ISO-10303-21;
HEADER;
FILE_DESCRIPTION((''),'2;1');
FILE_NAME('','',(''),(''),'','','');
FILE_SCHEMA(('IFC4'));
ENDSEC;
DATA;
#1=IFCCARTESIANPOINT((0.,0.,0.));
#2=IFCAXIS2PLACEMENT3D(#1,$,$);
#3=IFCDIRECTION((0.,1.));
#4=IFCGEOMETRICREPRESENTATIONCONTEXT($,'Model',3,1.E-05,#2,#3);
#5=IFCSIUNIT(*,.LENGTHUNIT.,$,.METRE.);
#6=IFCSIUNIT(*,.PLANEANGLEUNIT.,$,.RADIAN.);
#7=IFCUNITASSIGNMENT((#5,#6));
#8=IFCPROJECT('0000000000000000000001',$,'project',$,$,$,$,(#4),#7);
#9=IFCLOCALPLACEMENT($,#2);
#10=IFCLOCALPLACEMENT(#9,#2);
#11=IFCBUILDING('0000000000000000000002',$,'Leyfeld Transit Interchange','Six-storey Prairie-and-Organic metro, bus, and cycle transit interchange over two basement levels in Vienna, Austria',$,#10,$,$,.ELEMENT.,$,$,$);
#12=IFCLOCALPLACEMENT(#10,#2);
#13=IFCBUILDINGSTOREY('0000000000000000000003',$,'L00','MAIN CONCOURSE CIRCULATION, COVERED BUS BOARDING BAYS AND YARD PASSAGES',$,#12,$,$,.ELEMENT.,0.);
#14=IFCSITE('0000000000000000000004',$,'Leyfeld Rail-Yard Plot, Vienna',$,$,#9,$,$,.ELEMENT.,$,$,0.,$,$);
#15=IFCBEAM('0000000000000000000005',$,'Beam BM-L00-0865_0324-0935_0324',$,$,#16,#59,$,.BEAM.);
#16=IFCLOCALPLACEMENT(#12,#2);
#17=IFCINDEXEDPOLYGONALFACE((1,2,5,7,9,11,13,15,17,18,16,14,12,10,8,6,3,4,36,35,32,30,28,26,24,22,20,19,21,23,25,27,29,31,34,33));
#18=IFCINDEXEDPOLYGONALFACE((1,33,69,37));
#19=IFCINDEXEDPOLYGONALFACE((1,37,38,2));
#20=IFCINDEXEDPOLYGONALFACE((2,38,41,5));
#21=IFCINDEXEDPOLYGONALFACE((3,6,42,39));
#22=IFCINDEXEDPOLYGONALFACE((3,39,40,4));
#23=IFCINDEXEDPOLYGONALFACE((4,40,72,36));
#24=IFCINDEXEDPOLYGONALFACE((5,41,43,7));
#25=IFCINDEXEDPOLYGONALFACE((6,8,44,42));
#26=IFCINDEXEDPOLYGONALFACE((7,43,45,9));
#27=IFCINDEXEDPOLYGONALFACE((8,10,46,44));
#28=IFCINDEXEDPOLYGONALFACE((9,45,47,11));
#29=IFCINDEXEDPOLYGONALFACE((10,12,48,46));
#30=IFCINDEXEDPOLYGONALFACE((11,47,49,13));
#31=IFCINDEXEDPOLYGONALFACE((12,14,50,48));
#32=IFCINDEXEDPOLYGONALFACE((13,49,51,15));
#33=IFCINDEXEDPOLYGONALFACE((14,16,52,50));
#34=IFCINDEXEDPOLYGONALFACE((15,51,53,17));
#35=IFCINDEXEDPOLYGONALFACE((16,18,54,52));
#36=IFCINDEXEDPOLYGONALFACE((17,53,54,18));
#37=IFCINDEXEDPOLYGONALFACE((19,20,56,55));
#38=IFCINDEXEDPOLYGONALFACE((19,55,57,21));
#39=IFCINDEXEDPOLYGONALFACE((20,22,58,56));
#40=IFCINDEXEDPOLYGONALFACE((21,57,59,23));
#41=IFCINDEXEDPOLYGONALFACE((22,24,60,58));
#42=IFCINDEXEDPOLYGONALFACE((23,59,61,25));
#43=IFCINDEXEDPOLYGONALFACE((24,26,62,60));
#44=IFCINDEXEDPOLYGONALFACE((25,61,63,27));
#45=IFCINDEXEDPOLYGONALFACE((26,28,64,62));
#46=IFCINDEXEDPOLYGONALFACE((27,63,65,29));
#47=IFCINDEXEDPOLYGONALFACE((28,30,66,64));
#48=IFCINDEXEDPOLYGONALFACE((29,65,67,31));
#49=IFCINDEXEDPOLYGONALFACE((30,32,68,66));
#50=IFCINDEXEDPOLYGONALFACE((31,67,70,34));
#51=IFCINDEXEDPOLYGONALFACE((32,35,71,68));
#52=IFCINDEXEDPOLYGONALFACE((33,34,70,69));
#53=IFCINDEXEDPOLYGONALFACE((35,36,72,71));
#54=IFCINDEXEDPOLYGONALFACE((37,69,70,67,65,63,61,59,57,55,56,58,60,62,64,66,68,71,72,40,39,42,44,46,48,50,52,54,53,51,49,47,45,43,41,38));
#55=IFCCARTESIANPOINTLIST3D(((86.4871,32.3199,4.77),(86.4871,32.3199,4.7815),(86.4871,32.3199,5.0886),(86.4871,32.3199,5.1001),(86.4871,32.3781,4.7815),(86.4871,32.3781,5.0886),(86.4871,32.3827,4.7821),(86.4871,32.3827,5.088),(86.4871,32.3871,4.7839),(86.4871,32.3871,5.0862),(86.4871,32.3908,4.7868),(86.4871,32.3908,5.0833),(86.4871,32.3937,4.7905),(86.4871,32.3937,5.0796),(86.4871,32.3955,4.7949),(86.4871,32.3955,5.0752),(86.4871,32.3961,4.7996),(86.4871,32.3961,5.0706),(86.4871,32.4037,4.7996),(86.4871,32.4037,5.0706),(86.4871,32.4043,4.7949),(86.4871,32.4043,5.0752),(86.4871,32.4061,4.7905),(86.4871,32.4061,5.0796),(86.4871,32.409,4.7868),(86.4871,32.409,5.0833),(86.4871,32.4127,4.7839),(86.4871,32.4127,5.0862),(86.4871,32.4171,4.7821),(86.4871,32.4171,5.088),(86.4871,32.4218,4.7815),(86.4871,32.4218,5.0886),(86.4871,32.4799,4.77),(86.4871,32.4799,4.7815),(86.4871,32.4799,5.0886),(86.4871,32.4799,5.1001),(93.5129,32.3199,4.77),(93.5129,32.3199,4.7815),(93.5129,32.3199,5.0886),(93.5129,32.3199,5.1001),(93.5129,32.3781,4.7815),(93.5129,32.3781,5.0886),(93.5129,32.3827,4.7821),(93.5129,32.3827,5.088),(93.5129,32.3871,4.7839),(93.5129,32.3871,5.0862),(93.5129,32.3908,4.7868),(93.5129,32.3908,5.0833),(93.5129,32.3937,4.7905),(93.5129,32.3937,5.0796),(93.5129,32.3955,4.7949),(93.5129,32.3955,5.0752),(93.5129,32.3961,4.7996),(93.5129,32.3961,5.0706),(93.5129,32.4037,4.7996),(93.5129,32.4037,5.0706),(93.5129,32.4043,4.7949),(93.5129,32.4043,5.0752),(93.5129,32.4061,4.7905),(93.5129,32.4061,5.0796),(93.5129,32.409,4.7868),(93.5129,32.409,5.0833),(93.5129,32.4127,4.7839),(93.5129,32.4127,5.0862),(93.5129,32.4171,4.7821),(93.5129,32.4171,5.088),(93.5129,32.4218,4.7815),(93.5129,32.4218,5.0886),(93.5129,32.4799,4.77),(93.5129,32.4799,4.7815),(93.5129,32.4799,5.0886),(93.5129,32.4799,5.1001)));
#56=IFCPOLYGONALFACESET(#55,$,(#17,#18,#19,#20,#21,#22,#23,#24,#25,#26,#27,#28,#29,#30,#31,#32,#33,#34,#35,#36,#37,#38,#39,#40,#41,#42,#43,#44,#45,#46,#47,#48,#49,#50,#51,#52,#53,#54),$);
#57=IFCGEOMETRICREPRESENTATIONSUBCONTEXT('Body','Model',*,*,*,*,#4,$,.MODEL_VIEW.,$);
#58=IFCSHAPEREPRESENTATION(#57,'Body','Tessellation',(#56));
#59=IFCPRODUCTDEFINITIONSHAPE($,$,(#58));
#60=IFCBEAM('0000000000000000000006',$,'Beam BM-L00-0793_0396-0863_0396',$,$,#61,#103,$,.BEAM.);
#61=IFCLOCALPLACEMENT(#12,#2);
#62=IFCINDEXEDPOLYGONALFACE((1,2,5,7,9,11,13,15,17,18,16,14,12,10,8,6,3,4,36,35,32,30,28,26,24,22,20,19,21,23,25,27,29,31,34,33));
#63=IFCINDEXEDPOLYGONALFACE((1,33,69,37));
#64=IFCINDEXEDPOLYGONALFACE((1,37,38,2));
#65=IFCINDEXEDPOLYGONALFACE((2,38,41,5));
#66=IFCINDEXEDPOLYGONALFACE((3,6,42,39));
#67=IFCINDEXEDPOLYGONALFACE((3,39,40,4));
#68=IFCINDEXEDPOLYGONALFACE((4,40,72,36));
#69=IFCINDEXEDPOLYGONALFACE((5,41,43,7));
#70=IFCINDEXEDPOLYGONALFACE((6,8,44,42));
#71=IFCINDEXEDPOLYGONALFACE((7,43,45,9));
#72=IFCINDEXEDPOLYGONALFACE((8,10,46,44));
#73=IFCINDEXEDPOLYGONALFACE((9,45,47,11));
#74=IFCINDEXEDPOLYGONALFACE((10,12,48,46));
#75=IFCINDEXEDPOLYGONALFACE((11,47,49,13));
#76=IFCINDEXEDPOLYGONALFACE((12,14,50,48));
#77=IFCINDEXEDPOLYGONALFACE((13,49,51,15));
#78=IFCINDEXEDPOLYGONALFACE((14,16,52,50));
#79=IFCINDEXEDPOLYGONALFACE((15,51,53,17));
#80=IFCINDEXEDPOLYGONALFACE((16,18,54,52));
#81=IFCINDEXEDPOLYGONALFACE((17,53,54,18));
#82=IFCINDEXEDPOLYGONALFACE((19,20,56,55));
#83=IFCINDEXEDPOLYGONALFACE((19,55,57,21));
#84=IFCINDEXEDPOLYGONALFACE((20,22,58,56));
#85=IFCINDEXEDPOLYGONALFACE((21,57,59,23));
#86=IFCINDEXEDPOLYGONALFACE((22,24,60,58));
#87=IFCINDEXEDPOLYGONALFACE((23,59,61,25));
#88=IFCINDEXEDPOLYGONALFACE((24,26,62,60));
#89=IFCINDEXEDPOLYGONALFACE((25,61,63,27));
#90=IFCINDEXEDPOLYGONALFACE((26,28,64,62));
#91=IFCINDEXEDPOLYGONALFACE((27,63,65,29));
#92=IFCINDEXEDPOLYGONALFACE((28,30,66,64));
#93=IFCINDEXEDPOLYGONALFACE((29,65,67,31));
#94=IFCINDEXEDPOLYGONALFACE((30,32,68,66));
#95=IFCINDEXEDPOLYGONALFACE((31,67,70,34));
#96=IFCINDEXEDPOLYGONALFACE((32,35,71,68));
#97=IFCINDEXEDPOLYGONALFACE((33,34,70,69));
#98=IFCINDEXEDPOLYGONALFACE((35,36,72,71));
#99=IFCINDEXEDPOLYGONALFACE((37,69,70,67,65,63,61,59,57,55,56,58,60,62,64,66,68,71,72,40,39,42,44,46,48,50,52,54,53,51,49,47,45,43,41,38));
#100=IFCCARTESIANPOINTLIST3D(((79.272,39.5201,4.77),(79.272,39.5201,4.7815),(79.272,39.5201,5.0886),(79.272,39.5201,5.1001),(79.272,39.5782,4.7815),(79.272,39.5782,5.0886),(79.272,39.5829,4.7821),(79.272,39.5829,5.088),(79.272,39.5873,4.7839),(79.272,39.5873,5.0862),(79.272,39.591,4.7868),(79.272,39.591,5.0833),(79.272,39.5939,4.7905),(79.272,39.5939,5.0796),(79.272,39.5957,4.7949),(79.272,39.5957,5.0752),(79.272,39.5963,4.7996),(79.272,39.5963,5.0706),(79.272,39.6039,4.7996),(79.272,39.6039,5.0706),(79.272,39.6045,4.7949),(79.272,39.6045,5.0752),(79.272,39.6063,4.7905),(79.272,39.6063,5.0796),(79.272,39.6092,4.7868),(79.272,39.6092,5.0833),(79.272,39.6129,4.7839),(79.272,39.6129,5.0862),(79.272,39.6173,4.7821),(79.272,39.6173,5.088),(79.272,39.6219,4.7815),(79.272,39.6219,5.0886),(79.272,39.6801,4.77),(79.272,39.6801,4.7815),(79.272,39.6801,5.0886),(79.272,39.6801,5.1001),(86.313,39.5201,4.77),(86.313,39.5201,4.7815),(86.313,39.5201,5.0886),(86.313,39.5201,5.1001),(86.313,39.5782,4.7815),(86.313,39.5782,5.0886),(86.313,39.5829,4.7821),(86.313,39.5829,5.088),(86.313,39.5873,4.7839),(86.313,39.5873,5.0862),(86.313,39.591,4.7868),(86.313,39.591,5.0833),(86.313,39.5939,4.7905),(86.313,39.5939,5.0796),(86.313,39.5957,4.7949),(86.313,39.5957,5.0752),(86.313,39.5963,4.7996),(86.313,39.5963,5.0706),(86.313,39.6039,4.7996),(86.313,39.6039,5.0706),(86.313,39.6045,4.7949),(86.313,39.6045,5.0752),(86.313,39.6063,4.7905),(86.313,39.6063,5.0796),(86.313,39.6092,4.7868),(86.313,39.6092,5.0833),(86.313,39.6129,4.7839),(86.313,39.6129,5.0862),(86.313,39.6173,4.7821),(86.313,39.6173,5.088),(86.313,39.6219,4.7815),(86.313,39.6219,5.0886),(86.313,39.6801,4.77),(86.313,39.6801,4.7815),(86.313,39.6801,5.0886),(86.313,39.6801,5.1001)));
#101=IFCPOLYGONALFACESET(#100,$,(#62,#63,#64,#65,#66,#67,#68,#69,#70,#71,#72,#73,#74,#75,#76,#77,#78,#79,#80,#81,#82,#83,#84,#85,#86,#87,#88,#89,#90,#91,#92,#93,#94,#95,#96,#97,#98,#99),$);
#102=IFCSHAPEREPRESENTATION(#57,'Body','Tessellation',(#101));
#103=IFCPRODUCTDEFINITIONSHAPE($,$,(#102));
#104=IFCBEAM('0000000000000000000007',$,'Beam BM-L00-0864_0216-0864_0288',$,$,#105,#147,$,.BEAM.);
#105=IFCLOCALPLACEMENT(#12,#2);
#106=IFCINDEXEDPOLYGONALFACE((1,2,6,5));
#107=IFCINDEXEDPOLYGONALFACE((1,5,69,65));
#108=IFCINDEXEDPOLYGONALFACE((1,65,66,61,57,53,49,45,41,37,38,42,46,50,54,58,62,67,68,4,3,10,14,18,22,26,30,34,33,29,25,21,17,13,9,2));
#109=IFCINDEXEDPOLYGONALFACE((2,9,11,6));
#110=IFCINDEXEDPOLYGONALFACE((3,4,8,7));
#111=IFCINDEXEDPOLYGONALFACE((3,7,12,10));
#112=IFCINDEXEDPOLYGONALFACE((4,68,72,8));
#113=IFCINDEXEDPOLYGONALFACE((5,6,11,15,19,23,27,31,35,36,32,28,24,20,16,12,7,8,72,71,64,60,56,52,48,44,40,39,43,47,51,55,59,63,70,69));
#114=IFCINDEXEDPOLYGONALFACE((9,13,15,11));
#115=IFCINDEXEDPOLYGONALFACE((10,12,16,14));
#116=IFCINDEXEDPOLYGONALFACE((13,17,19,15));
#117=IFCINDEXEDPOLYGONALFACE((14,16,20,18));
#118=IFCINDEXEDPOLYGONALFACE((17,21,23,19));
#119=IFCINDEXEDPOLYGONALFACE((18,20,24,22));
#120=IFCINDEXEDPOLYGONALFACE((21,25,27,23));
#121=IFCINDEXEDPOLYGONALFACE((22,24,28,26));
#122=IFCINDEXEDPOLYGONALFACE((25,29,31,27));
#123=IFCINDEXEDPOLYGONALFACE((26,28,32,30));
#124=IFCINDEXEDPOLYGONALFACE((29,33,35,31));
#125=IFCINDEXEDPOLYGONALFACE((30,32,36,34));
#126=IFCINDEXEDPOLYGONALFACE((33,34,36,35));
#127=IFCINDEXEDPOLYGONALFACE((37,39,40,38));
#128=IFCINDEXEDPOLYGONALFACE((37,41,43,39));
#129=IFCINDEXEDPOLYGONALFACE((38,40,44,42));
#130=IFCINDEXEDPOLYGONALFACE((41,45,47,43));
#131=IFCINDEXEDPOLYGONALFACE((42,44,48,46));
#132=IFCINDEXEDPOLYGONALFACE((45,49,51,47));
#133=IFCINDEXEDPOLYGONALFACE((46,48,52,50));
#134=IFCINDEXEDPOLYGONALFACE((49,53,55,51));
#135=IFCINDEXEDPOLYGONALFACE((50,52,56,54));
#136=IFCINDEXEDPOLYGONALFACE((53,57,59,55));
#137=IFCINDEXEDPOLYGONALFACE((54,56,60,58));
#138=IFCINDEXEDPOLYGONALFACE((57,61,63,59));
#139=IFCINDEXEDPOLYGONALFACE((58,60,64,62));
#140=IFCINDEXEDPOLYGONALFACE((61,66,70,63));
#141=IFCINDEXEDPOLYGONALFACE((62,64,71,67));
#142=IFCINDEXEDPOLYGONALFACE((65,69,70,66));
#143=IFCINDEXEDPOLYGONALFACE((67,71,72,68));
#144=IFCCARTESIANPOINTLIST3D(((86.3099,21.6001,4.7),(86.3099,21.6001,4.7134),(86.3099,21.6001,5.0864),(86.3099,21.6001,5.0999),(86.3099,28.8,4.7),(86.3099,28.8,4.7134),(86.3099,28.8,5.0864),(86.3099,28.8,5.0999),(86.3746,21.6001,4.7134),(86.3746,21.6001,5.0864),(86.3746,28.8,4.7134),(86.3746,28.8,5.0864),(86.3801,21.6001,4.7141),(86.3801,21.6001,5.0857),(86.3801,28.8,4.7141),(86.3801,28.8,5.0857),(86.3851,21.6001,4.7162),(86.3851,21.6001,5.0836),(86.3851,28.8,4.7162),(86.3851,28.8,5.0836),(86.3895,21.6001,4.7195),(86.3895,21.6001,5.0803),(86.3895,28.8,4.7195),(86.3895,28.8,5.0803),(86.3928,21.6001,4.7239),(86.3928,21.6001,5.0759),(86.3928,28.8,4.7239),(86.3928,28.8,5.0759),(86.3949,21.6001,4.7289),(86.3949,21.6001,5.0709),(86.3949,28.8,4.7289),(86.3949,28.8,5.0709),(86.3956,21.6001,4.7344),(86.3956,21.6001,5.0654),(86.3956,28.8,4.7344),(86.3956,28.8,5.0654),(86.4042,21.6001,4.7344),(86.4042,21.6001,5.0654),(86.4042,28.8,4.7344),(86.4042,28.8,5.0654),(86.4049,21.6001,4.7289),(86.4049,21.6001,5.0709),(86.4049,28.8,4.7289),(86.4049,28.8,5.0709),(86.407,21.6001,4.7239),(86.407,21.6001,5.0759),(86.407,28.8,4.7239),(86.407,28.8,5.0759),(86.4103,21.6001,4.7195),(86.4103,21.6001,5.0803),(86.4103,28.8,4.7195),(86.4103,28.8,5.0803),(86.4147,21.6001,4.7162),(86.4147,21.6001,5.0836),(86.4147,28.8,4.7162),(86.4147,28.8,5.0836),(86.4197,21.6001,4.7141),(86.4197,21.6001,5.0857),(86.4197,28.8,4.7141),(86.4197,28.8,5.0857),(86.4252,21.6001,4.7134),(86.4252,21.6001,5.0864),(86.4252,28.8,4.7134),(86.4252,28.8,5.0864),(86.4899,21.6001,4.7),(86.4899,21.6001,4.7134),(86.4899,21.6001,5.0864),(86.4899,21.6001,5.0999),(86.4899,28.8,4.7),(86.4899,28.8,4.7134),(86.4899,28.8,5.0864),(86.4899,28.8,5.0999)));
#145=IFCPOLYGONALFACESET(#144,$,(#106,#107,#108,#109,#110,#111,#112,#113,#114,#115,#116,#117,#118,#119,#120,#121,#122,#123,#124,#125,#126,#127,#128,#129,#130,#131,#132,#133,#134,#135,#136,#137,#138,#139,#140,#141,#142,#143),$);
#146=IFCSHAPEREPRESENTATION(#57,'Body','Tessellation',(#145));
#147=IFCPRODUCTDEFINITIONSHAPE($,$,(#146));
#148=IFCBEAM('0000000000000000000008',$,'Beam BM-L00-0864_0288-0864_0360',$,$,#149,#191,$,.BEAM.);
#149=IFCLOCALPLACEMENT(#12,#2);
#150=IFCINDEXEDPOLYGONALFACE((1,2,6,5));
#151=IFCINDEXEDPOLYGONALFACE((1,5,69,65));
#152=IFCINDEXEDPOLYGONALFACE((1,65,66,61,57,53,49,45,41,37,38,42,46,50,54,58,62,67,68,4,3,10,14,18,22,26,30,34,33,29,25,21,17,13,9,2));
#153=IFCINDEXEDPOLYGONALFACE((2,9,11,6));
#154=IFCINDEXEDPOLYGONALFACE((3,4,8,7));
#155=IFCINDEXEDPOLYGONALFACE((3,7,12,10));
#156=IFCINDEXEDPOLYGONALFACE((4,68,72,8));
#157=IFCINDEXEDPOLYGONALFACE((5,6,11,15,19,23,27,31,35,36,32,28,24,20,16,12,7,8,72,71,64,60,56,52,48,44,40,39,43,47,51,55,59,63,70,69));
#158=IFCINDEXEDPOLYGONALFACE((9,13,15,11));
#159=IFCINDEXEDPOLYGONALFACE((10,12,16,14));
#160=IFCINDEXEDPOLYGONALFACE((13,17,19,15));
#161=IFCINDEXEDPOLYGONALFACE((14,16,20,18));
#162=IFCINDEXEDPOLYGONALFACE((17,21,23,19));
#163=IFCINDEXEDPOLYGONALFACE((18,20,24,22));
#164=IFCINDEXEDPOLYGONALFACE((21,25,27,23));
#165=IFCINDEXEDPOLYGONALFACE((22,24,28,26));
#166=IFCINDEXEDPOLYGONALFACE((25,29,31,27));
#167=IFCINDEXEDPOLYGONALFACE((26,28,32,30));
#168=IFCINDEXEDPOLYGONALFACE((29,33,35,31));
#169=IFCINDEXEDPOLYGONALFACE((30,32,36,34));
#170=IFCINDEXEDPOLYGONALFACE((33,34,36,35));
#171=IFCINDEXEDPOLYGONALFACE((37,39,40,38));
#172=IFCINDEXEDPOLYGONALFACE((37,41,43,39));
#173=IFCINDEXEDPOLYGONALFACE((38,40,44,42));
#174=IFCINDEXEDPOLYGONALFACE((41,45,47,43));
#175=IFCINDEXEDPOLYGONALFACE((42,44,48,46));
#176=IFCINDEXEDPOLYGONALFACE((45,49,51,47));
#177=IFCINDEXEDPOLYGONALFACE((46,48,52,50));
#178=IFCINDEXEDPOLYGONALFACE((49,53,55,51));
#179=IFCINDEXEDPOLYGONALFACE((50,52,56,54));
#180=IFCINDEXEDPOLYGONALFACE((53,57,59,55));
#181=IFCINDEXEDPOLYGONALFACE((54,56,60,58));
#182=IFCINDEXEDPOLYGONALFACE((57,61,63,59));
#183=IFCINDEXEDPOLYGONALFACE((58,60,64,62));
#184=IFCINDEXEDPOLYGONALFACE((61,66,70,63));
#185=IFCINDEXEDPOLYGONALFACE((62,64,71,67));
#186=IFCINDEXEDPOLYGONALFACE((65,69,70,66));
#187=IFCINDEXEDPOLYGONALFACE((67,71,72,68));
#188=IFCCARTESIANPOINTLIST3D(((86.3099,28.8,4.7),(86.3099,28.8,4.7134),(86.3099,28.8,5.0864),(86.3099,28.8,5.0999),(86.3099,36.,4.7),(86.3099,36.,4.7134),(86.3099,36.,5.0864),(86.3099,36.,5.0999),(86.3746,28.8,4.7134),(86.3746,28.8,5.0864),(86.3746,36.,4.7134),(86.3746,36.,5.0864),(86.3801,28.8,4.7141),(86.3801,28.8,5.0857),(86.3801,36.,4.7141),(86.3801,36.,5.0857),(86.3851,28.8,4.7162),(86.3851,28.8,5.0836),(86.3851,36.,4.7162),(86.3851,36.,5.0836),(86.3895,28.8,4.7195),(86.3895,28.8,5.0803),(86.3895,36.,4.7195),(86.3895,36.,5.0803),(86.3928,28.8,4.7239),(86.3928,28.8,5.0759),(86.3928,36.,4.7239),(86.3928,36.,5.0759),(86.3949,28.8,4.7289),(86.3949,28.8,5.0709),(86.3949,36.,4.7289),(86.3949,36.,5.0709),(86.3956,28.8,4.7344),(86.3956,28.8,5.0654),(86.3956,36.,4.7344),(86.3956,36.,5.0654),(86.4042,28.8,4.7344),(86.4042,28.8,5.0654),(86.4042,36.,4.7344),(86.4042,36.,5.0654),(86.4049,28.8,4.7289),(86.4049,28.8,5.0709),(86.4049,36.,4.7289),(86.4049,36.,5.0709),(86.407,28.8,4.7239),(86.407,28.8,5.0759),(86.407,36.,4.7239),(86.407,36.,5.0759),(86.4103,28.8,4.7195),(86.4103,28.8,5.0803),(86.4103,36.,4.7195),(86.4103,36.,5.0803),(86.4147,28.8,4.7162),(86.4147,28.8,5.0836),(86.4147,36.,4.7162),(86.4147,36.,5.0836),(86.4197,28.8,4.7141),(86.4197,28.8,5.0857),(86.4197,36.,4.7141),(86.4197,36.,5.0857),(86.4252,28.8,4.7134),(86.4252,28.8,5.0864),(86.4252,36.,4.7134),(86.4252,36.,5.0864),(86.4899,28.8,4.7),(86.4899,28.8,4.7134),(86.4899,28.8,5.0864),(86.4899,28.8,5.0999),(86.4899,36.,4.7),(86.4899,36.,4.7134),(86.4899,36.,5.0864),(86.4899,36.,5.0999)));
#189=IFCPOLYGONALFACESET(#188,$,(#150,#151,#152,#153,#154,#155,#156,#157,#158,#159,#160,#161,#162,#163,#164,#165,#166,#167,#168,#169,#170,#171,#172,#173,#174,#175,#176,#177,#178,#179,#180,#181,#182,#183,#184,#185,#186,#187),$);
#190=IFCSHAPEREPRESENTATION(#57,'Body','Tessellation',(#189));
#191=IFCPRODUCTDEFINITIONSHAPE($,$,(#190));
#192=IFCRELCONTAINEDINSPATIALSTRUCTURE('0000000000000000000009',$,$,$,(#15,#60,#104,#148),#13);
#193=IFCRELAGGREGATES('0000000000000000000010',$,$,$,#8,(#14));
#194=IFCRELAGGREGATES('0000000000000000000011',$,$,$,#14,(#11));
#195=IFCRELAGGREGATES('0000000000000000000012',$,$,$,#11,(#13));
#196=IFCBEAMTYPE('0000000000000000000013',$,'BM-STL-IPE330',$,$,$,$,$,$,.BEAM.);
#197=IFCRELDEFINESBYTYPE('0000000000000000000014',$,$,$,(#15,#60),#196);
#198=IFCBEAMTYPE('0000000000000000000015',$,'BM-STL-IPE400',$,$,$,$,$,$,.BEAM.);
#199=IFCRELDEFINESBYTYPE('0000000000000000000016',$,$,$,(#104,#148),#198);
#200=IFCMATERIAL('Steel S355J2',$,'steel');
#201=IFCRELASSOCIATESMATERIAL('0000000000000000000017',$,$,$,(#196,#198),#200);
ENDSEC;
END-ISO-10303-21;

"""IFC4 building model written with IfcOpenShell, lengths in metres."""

from ifc_helpers import new_model, si_unit, direction, frame, origin, origin_2d, place, context, subcontext, project, spatial, i_section, extrude, material, material_profile, profile_set, type_object, element, save


model = new_model("IFC4")

# Units and contexts
model_context = context("Model", 3, precision=1e-05, world=origin(), true_north=direction((0.0, 1.0)))
body_context = subcontext(model_context, "Body", "Model", "MODEL_VIEW")
ifc_project = project(units=[si_unit("LENGTHUNIT", "METRE"), si_unit("PLANEANGLEUNIT", "RADIAN")], contexts=[model_context])

# Site, building, storey
site_placement = place(None, origin())
site = spatial("IfcSite", under=ifc_project, at=site_placement, Name="Leyfeld Rail-Yard Plot, Vienna", CompositionType="ELEMENT", RefElevation=0.0)
building_placement = place(site_placement, origin())
building = spatial("IfcBuilding", under=site, at=building_placement, Name="Leyfeld Transit Interchange", Description="Six-storey Prairie-and-Organic metro, bus, and cycle transit interchange over two basement levels in Vienna, Austria", CompositionType="ELEMENT")
storey_placement = place(building_placement, origin())
storey = spatial("IfcBuildingStorey", under=building, at=storey_placement, Name="L00", Description="MAIN CONCOURSE CIRCULATION, COVERED BUS BOARDING BAYS AND YARD PASSAGES", CompositionType="ELEMENT", Elevation=0.0)

# Shared definitions
ifc_material_1 = material(Name="Steel S355J2", Category="steel")

# Beams
ifc_material_profile_1 = material_profile(ifc_material_1, i_section(OverallWidth=0.1599, OverallDepth=0.3301, WebThickness=0.0076, FlangeThickness=0.0115, FilletRadius=0.0181, at=origin_2d()), Name="IPE 330")
ifc_profile_set_1 = profile_set([ifc_material_profile_1], Name="Steel S355J2")
beam_type_1 = type_object("IfcBeamType", Name="BM-STL-IPE330", PredefinedType="BEAM", material=ifc_profile_set_1)
beam_1_placement = place(storey_placement, frame((86.4871, 32.3999, 4.9351), z_axis=(1.0, 0.0, 0.0), x_axis=(0.0, 1.0, 0.0)))
element("IfcBeam", 1, at=beam_1_placement, inside=storey, type_object=beam_type_1, Name="Beam BM-L00-0865_0324-0935_0324", PredefinedType="BEAM", context=body_context, shape_type="SweptSolid", body=[
    extrude(i_section(OverallWidth=0.1599, OverallDepth=0.3301, WebThickness=0.0076, FlangeThickness=0.0115, FilletRadius=0.0181, at=origin_2d()), origin(), (0.0, 0.0, 1.0), 7.0259),
])
beam_2_placement = place(storey_placement, frame((79.272, 39.6001, 4.9351), z_axis=(1.0, 0.0, 0.0), x_axis=(0.0, 1.0, 0.0)))
element("IfcBeam", 2, at=beam_2_placement, inside=storey, type_object=beam_type_1, Name="Beam BM-L00-0793_0396-0863_0396", PredefinedType="BEAM", context=body_context, shape_type="SweptSolid", body=[
    extrude(i_section(OverallWidth=0.1599, OverallDepth=0.3301, WebThickness=0.0076, FlangeThickness=0.0115, FilletRadius=0.0181, at=origin_2d()), origin(), (0.0, 0.0, 1.0), 7.041),
])
ifc_material_profile_2 = material_profile(ifc_material_1, i_section(OverallWidth=0.1799, OverallDepth=0.3999, WebThickness=0.0085, FlangeThickness=0.0134, FilletRadius=0.021, at=origin_2d()), Name="IPE 400")
ifc_profile_set_2 = profile_set([ifc_material_profile_2], Name="Steel S355J2")
beam_type_2 = type_object("IfcBeamType", Name="BM-STL-IPE400", PredefinedType="BEAM", material=ifc_profile_set_2)
for number, where, z_axis, x_axis, name in (
    (3, (86.3999, 21.6001, 4.8999), (0.0, 1.0, 0.0), (-1.0, 0.0, 0.0), "Beam BM-L00-0864_0216-0864_0288"),
    (4, (86.3999, 28.8, 4.8999), (0.0, 1.0, 0.0), (-1.0, 0.0, 0.0), "Beam BM-L00-0864_0288-0864_0360"),
):
    element("IfcBeam", number, at=place(storey_placement, frame(where, z_axis=z_axis, x_axis=x_axis)), inside=storey, type_object=beam_type_2, Name=name, PredefinedType="BEAM", context=body_context, shape_type="SweptSolid", body=[
        extrude(i_section(OverallWidth=0.1799, OverallDepth=0.3999, WebThickness=0.0085, FlangeThickness=0.0134, FilletRadius=0.021, at=origin_2d()), origin(), (0.0, 0.0, 1.0), 7.2),
    ])

save(model, "model.ifc")
